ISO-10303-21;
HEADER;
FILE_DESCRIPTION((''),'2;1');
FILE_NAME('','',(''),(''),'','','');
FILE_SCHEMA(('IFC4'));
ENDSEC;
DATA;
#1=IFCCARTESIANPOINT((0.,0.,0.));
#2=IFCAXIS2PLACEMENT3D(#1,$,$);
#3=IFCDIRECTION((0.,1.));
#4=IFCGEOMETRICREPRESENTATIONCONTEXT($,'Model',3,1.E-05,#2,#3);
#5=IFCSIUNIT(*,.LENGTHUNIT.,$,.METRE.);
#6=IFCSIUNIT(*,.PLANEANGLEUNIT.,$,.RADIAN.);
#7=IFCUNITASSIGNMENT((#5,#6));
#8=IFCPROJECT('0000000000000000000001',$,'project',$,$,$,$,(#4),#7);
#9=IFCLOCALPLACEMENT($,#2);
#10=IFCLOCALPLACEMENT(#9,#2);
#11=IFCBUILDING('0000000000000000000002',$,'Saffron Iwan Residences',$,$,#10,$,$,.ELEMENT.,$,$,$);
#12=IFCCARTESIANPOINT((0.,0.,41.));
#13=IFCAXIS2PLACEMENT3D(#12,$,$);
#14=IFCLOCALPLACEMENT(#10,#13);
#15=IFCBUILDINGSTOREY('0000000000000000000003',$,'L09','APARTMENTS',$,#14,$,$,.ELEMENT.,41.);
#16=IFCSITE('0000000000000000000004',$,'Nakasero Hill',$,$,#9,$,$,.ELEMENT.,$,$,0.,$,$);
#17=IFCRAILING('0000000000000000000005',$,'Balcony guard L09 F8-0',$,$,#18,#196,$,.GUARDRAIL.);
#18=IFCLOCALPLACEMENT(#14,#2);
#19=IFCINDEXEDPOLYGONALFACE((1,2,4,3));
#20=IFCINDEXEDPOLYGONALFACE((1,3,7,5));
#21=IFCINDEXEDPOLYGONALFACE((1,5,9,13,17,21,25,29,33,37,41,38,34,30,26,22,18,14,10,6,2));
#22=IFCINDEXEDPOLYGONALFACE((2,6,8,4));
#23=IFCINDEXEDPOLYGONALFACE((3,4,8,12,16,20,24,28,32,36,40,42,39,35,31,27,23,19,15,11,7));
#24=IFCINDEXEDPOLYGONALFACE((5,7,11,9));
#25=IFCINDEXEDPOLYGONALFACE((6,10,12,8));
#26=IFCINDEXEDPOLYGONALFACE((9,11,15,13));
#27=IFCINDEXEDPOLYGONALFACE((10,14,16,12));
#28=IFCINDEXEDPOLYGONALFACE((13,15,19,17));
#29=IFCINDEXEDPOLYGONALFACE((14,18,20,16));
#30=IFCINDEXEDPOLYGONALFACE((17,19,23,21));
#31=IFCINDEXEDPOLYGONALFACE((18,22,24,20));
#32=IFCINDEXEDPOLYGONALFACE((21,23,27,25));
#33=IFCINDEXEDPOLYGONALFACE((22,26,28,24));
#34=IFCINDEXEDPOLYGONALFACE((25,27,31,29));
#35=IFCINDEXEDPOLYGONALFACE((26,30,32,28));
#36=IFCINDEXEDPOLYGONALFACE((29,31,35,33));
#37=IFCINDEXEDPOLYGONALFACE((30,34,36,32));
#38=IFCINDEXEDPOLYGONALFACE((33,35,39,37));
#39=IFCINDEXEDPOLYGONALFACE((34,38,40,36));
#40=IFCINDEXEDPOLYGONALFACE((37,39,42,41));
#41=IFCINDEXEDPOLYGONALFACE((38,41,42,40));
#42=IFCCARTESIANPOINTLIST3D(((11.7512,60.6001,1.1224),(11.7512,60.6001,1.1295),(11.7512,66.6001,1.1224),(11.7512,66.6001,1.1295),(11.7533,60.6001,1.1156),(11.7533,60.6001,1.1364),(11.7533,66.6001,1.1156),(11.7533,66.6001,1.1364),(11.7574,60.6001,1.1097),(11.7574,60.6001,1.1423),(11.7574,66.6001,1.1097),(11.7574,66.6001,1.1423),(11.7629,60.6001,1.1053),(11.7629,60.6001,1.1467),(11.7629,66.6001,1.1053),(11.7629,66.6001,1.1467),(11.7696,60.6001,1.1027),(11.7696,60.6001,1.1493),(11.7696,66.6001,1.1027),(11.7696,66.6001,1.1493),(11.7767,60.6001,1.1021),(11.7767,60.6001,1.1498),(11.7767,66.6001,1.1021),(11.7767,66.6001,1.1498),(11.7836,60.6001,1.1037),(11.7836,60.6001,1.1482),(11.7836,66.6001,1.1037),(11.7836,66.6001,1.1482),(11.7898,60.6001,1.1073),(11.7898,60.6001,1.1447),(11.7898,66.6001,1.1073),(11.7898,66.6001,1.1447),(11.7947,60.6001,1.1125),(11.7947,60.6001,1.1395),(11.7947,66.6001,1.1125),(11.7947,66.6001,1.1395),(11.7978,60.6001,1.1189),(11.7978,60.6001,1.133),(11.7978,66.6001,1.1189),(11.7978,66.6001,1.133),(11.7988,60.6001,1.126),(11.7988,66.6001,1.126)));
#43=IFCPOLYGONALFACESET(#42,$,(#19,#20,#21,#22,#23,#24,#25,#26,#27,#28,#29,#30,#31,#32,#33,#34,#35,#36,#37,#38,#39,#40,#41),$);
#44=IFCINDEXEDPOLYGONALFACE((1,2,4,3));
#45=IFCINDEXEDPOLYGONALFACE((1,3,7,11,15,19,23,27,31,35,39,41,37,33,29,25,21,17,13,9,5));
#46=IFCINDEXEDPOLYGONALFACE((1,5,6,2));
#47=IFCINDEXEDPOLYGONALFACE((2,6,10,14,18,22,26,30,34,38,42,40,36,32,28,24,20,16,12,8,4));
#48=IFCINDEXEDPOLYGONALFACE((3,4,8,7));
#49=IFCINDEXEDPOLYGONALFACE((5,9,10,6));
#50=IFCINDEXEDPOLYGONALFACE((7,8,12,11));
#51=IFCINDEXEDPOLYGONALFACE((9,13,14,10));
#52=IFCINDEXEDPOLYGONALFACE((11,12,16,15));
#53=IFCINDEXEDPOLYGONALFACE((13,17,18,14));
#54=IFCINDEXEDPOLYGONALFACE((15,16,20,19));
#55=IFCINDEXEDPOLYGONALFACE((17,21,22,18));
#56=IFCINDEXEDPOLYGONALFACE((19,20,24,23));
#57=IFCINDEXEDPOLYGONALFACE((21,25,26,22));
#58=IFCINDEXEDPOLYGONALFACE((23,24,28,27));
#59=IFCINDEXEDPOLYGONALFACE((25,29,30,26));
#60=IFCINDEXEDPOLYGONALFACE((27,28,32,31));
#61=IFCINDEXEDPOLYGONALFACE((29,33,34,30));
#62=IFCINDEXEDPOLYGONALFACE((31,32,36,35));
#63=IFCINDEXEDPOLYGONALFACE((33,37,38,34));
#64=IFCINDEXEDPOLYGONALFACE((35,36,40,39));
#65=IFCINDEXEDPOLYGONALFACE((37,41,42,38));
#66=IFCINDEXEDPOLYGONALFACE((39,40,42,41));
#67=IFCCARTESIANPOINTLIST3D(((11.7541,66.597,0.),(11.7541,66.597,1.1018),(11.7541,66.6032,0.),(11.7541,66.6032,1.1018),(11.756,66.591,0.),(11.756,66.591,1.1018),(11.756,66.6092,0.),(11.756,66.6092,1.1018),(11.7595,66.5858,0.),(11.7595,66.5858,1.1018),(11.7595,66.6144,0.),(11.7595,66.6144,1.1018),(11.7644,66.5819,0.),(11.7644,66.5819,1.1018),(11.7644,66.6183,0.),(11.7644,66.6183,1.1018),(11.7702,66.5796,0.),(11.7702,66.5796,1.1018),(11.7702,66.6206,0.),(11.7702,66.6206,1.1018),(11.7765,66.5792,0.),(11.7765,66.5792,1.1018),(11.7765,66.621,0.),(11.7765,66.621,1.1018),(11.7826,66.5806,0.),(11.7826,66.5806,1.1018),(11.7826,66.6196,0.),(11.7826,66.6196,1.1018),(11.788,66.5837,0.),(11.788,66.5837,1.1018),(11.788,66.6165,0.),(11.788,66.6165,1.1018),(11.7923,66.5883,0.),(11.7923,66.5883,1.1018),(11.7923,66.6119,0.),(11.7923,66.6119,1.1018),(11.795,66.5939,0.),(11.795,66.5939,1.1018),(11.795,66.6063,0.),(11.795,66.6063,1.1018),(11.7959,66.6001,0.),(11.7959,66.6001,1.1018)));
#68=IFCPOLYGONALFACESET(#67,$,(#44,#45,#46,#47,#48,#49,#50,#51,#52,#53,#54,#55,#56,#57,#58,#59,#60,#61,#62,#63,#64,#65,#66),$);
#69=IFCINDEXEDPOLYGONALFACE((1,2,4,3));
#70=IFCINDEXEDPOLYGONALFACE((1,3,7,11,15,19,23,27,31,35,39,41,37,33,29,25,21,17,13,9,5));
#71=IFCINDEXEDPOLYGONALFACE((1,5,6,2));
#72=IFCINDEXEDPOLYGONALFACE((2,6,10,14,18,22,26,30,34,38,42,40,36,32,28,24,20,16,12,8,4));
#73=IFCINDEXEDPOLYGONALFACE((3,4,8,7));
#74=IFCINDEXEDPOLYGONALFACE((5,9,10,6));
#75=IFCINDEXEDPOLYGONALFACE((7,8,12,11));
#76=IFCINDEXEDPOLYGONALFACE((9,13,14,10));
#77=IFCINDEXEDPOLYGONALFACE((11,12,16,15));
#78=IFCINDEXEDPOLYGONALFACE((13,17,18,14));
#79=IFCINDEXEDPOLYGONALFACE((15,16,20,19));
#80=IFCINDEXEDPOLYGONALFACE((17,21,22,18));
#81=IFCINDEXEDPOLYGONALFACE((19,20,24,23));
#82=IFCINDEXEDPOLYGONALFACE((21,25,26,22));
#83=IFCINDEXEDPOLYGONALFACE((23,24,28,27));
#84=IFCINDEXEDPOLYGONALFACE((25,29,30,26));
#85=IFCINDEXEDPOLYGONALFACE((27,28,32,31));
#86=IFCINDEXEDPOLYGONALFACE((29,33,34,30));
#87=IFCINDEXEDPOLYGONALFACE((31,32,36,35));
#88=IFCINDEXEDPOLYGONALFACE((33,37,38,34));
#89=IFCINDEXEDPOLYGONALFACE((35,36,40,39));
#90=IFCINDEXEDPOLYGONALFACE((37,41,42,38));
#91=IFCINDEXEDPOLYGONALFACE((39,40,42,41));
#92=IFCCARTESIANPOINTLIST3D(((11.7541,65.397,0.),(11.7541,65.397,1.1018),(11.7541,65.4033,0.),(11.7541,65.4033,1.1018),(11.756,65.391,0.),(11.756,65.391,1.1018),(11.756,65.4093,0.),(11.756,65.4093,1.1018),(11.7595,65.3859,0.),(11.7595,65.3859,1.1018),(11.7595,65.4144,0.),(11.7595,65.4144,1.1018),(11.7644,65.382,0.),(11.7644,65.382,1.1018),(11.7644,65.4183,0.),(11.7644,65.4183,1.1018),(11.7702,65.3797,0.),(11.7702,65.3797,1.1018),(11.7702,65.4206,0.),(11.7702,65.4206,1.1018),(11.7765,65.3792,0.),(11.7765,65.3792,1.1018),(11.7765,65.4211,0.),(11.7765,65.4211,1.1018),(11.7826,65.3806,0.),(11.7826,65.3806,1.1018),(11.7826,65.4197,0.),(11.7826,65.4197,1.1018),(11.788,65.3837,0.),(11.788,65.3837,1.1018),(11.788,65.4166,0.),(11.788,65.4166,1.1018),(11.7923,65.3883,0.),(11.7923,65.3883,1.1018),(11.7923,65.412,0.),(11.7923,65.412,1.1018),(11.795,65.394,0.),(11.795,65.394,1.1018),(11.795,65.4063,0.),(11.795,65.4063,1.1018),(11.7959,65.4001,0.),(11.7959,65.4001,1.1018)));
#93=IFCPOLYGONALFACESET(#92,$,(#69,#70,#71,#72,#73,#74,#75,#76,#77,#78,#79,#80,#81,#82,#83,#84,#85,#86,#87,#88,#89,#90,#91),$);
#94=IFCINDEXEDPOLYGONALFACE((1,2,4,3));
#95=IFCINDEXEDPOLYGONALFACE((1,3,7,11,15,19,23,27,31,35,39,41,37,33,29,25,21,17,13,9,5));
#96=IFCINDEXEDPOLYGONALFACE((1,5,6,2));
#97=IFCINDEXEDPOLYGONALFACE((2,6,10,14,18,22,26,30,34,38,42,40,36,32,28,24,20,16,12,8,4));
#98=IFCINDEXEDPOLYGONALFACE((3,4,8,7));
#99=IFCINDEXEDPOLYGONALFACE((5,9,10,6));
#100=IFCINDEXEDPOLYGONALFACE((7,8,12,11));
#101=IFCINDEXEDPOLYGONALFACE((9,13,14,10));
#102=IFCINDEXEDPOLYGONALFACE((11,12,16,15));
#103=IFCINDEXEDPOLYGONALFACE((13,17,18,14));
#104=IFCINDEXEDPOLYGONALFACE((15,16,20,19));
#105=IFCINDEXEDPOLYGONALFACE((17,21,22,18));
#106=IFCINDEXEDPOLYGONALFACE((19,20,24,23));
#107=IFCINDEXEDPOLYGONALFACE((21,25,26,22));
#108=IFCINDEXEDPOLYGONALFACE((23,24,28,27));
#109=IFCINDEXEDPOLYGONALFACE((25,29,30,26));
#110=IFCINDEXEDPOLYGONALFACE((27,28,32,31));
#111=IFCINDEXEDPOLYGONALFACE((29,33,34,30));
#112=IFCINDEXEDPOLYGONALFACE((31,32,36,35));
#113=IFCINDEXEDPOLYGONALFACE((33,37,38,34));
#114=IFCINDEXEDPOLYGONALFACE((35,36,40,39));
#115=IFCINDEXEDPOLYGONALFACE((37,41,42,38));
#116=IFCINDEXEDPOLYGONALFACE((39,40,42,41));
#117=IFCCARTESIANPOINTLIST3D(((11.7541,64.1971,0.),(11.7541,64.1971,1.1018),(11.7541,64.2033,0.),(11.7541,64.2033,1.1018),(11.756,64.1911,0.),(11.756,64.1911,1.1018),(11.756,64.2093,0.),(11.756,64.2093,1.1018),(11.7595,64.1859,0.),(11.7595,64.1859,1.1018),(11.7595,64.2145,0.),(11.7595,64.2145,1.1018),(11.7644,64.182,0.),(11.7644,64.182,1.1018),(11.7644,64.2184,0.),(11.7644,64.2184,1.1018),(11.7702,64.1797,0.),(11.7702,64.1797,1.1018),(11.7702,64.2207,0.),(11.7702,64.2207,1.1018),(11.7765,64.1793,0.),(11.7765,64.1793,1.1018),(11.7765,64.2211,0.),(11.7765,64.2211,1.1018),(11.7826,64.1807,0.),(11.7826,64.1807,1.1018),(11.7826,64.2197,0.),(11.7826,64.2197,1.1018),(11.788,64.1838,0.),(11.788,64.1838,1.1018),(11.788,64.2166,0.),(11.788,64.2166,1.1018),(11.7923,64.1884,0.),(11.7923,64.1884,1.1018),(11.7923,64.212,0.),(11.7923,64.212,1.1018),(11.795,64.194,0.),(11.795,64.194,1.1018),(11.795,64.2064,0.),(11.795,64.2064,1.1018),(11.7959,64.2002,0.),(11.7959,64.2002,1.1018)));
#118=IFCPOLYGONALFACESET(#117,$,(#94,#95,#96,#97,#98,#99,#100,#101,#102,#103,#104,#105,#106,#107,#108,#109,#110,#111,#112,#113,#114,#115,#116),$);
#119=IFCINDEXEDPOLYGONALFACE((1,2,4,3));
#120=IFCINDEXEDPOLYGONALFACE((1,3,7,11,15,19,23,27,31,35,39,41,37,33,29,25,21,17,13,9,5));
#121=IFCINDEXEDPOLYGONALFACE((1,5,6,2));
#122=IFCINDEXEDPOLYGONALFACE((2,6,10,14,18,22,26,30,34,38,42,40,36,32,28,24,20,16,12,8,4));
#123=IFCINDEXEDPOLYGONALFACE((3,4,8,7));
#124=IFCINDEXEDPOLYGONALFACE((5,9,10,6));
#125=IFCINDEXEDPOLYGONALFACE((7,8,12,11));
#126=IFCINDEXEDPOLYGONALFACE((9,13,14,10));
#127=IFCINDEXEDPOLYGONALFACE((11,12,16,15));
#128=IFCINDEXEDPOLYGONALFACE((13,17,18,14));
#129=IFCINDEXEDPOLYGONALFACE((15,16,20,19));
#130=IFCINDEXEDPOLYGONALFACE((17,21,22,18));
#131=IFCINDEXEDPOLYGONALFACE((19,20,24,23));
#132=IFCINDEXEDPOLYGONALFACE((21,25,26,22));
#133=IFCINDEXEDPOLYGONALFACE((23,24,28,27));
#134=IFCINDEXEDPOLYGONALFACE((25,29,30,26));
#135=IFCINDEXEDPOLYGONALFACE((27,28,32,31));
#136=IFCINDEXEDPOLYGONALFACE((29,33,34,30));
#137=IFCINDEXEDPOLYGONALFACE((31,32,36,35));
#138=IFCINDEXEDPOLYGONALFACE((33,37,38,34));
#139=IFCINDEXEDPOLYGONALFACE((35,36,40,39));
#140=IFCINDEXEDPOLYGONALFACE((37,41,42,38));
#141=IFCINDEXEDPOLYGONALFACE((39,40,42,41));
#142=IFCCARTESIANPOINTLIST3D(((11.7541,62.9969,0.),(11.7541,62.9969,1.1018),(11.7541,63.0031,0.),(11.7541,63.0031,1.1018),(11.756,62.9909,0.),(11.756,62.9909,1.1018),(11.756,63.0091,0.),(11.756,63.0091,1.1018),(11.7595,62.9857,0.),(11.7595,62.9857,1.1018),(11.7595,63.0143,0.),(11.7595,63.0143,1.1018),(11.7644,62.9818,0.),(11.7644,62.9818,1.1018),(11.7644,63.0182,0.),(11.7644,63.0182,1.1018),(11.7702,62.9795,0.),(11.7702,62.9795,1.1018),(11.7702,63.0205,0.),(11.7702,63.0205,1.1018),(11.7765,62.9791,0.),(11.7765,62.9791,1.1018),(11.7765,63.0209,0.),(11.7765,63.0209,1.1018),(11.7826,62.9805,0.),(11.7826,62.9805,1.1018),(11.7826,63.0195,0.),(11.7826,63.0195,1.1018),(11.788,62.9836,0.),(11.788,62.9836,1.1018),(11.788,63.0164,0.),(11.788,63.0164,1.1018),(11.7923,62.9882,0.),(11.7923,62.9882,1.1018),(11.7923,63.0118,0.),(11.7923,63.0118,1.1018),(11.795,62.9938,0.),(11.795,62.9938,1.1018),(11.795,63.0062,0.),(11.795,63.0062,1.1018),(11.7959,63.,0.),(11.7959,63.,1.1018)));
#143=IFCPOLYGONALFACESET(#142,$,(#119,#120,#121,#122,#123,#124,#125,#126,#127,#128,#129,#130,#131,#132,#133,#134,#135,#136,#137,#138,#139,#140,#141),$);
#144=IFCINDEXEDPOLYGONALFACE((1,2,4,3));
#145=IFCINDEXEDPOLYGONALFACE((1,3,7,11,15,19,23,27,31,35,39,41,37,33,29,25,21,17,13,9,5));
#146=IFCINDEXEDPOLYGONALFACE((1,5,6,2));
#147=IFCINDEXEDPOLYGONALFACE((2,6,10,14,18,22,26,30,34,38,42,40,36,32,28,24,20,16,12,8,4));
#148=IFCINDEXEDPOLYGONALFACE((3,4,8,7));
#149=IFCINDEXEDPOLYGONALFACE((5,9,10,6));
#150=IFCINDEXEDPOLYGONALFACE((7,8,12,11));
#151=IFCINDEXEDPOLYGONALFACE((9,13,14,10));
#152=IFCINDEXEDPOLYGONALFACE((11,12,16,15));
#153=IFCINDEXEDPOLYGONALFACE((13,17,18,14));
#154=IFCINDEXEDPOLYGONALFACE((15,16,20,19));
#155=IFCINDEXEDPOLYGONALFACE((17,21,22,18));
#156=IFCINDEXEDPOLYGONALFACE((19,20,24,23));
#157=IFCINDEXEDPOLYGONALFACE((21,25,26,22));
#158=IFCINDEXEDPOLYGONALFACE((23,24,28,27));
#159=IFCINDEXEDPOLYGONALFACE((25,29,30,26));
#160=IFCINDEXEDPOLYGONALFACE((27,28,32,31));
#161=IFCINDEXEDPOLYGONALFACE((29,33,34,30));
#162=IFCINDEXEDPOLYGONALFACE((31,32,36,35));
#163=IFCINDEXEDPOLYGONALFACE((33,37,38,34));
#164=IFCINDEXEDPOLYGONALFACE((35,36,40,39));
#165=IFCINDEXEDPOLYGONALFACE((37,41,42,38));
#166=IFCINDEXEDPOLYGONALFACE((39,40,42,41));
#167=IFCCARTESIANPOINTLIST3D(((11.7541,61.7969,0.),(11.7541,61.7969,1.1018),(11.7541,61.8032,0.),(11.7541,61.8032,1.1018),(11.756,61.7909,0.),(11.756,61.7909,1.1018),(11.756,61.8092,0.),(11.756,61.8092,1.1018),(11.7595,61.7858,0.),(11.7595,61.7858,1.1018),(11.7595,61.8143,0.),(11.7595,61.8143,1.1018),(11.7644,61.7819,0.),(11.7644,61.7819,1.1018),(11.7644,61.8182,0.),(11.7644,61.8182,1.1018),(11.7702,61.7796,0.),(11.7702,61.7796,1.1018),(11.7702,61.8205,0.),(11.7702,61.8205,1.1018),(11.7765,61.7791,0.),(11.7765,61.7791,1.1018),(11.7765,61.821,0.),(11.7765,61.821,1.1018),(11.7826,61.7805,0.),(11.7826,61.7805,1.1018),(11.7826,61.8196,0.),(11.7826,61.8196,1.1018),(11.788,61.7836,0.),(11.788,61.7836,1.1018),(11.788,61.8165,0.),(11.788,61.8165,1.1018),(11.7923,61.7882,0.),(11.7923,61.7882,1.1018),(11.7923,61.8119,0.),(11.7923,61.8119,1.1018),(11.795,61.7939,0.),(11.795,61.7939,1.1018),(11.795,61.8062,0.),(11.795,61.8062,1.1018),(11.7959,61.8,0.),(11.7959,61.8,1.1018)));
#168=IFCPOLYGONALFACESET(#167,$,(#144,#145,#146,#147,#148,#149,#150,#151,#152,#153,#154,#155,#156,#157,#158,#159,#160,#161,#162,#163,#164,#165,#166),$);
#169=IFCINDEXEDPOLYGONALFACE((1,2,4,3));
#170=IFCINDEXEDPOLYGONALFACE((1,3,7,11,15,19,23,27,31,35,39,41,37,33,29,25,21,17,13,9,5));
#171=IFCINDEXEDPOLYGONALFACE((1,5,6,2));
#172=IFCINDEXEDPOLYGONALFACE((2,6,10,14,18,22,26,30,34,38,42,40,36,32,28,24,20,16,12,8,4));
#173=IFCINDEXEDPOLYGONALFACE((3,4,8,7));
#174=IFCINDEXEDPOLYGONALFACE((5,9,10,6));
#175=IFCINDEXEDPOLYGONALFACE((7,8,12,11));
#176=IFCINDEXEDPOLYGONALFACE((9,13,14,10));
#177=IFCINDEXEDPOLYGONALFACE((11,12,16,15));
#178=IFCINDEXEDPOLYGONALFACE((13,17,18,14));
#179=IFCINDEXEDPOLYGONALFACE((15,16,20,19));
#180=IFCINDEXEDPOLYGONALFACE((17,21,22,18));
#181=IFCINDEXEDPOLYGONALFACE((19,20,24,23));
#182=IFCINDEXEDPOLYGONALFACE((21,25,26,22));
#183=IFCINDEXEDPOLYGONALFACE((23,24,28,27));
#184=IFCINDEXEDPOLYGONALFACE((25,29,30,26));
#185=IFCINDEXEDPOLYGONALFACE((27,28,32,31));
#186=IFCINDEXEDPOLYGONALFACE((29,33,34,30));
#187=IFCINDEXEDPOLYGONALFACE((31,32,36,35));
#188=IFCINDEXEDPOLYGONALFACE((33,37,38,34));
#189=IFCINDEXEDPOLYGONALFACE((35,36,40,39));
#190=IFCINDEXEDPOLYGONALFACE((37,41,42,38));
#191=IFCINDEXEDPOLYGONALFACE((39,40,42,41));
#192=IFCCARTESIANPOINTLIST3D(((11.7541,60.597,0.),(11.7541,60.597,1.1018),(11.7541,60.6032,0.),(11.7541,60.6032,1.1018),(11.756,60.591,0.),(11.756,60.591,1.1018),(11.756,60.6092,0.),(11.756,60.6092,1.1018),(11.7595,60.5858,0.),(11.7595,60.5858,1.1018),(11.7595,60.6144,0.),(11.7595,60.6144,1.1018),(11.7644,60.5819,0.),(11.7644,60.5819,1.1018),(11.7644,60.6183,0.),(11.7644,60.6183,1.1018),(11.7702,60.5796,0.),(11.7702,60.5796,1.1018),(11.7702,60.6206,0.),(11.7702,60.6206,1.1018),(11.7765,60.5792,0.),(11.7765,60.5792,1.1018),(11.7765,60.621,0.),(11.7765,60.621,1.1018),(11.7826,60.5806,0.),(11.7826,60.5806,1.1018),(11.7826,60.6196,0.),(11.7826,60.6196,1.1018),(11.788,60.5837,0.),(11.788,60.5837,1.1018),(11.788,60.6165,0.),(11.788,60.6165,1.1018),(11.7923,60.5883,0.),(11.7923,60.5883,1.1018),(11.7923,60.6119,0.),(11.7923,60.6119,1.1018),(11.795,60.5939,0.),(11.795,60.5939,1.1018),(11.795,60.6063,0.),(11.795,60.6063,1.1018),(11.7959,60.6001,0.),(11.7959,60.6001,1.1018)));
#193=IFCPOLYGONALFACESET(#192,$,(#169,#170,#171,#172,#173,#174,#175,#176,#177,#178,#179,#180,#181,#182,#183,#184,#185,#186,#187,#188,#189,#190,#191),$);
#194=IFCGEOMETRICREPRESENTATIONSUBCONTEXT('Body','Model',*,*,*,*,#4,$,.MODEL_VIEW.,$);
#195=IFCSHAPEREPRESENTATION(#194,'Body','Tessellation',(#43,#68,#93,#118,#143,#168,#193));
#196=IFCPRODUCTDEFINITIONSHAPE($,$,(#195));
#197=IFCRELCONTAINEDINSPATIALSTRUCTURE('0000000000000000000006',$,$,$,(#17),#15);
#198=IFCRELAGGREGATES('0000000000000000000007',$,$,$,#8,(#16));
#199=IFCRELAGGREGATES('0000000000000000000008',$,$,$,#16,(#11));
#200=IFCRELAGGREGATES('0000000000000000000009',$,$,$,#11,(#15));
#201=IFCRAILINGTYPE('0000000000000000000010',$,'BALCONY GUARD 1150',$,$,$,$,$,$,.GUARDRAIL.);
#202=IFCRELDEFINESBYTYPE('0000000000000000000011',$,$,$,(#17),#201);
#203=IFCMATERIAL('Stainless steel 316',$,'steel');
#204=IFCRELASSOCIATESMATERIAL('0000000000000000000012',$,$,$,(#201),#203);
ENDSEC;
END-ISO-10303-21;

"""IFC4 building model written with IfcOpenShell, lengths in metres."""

from ifc_helpers import new_model, si_unit, direction, frame, origin, origin_2d, place, context, subcontext, project, spatial, circle, extrude, material, type_object, element, save


model = new_model("IFC4")

# Units and contexts
model_context = context("Model", 3, precision=1e-05, world=origin(), true_north=direction((0.0, 1.0)))
body_context = subcontext(model_context, "Body", "Model", "MODEL_VIEW")
ifc_project = project(units=[si_unit("LENGTHUNIT", "METRE"), si_unit("PLANEANGLEUNIT", "RADIAN")], contexts=[model_context])

# Site, building, storey
site_placement = place(None, origin())
site = spatial("IfcSite", under=ifc_project, at=site_placement, Name="Nakasero Hill", CompositionType="ELEMENT", RefElevation=0.0)
building_placement = place(site_placement, origin())
building = spatial("IfcBuilding", under=site, at=building_placement, Name="Saffron Iwan Residences", CompositionType="ELEMENT")
storey_placement = place(building_placement, frame((0.0, 0.0, 41.0)))
storey = spatial("IfcBuildingStorey", under=building, at=storey_placement, Name="L09", Description="APARTMENTS", CompositionType="ELEMENT", Elevation=41.0)

# Railing
ifc_material_1 = material(Name="Stainless steel 316", Category="steel")
railing_type = type_object("IfcRailingType", Name="BALCONY GUARD 1150", PredefinedType="GUARDRAIL", material=ifc_material_1)
railing_placement = place(storey_placement, frame((11.7749, 66.6001, 0.0)))
element("IfcRailing", 1, at=railing_placement, inside=storey, type_object=railing_type, Name="Balcony guard L09 F8-0", PredefinedType="GUARDRAIL", context=body_context, shape_type="SweptSolid", body=[
    extrude(circle(Radius=0.0239, at=origin_2d()), frame((0.0, 0.0, 1.126), z_axis=(0.0, -1.0, 0.0), x_axis=(1.0, 0.0, 0.0)), (0.0, 0.0, 1.0), 6.0),
    extrude(circle(Radius=0.021, at=origin_2d()), origin(), (0.0, 0.0, 1.0), 1.1018),
    extrude(circle(Radius=0.021, at=origin_2d()), frame((0.0, -1.2, 0.0)), (0.0, 0.0, 1.0), 1.1018),
    extrude(circle(Radius=0.021, at=origin_2d()), frame((0.0, -2.3999, 0.0)), (0.0, 0.0, 1.0), 1.1018),
    extrude(circle(Radius=0.021, at=origin_2d()), frame((0.0, -3.6001, 0.0)), (0.0, 0.0, 1.0), 1.1018),
    extrude(circle(Radius=0.021, at=origin_2d()), frame((0.0, -4.8, 0.0)), (0.0, 0.0, 1.0), 1.1018),
    extrude(circle(Radius=0.021, at=origin_2d()), frame((0.0, -6.0, 0.0)), (0.0, 0.0, 1.0), 1.1018),
])

save(model, "model.ifc")
